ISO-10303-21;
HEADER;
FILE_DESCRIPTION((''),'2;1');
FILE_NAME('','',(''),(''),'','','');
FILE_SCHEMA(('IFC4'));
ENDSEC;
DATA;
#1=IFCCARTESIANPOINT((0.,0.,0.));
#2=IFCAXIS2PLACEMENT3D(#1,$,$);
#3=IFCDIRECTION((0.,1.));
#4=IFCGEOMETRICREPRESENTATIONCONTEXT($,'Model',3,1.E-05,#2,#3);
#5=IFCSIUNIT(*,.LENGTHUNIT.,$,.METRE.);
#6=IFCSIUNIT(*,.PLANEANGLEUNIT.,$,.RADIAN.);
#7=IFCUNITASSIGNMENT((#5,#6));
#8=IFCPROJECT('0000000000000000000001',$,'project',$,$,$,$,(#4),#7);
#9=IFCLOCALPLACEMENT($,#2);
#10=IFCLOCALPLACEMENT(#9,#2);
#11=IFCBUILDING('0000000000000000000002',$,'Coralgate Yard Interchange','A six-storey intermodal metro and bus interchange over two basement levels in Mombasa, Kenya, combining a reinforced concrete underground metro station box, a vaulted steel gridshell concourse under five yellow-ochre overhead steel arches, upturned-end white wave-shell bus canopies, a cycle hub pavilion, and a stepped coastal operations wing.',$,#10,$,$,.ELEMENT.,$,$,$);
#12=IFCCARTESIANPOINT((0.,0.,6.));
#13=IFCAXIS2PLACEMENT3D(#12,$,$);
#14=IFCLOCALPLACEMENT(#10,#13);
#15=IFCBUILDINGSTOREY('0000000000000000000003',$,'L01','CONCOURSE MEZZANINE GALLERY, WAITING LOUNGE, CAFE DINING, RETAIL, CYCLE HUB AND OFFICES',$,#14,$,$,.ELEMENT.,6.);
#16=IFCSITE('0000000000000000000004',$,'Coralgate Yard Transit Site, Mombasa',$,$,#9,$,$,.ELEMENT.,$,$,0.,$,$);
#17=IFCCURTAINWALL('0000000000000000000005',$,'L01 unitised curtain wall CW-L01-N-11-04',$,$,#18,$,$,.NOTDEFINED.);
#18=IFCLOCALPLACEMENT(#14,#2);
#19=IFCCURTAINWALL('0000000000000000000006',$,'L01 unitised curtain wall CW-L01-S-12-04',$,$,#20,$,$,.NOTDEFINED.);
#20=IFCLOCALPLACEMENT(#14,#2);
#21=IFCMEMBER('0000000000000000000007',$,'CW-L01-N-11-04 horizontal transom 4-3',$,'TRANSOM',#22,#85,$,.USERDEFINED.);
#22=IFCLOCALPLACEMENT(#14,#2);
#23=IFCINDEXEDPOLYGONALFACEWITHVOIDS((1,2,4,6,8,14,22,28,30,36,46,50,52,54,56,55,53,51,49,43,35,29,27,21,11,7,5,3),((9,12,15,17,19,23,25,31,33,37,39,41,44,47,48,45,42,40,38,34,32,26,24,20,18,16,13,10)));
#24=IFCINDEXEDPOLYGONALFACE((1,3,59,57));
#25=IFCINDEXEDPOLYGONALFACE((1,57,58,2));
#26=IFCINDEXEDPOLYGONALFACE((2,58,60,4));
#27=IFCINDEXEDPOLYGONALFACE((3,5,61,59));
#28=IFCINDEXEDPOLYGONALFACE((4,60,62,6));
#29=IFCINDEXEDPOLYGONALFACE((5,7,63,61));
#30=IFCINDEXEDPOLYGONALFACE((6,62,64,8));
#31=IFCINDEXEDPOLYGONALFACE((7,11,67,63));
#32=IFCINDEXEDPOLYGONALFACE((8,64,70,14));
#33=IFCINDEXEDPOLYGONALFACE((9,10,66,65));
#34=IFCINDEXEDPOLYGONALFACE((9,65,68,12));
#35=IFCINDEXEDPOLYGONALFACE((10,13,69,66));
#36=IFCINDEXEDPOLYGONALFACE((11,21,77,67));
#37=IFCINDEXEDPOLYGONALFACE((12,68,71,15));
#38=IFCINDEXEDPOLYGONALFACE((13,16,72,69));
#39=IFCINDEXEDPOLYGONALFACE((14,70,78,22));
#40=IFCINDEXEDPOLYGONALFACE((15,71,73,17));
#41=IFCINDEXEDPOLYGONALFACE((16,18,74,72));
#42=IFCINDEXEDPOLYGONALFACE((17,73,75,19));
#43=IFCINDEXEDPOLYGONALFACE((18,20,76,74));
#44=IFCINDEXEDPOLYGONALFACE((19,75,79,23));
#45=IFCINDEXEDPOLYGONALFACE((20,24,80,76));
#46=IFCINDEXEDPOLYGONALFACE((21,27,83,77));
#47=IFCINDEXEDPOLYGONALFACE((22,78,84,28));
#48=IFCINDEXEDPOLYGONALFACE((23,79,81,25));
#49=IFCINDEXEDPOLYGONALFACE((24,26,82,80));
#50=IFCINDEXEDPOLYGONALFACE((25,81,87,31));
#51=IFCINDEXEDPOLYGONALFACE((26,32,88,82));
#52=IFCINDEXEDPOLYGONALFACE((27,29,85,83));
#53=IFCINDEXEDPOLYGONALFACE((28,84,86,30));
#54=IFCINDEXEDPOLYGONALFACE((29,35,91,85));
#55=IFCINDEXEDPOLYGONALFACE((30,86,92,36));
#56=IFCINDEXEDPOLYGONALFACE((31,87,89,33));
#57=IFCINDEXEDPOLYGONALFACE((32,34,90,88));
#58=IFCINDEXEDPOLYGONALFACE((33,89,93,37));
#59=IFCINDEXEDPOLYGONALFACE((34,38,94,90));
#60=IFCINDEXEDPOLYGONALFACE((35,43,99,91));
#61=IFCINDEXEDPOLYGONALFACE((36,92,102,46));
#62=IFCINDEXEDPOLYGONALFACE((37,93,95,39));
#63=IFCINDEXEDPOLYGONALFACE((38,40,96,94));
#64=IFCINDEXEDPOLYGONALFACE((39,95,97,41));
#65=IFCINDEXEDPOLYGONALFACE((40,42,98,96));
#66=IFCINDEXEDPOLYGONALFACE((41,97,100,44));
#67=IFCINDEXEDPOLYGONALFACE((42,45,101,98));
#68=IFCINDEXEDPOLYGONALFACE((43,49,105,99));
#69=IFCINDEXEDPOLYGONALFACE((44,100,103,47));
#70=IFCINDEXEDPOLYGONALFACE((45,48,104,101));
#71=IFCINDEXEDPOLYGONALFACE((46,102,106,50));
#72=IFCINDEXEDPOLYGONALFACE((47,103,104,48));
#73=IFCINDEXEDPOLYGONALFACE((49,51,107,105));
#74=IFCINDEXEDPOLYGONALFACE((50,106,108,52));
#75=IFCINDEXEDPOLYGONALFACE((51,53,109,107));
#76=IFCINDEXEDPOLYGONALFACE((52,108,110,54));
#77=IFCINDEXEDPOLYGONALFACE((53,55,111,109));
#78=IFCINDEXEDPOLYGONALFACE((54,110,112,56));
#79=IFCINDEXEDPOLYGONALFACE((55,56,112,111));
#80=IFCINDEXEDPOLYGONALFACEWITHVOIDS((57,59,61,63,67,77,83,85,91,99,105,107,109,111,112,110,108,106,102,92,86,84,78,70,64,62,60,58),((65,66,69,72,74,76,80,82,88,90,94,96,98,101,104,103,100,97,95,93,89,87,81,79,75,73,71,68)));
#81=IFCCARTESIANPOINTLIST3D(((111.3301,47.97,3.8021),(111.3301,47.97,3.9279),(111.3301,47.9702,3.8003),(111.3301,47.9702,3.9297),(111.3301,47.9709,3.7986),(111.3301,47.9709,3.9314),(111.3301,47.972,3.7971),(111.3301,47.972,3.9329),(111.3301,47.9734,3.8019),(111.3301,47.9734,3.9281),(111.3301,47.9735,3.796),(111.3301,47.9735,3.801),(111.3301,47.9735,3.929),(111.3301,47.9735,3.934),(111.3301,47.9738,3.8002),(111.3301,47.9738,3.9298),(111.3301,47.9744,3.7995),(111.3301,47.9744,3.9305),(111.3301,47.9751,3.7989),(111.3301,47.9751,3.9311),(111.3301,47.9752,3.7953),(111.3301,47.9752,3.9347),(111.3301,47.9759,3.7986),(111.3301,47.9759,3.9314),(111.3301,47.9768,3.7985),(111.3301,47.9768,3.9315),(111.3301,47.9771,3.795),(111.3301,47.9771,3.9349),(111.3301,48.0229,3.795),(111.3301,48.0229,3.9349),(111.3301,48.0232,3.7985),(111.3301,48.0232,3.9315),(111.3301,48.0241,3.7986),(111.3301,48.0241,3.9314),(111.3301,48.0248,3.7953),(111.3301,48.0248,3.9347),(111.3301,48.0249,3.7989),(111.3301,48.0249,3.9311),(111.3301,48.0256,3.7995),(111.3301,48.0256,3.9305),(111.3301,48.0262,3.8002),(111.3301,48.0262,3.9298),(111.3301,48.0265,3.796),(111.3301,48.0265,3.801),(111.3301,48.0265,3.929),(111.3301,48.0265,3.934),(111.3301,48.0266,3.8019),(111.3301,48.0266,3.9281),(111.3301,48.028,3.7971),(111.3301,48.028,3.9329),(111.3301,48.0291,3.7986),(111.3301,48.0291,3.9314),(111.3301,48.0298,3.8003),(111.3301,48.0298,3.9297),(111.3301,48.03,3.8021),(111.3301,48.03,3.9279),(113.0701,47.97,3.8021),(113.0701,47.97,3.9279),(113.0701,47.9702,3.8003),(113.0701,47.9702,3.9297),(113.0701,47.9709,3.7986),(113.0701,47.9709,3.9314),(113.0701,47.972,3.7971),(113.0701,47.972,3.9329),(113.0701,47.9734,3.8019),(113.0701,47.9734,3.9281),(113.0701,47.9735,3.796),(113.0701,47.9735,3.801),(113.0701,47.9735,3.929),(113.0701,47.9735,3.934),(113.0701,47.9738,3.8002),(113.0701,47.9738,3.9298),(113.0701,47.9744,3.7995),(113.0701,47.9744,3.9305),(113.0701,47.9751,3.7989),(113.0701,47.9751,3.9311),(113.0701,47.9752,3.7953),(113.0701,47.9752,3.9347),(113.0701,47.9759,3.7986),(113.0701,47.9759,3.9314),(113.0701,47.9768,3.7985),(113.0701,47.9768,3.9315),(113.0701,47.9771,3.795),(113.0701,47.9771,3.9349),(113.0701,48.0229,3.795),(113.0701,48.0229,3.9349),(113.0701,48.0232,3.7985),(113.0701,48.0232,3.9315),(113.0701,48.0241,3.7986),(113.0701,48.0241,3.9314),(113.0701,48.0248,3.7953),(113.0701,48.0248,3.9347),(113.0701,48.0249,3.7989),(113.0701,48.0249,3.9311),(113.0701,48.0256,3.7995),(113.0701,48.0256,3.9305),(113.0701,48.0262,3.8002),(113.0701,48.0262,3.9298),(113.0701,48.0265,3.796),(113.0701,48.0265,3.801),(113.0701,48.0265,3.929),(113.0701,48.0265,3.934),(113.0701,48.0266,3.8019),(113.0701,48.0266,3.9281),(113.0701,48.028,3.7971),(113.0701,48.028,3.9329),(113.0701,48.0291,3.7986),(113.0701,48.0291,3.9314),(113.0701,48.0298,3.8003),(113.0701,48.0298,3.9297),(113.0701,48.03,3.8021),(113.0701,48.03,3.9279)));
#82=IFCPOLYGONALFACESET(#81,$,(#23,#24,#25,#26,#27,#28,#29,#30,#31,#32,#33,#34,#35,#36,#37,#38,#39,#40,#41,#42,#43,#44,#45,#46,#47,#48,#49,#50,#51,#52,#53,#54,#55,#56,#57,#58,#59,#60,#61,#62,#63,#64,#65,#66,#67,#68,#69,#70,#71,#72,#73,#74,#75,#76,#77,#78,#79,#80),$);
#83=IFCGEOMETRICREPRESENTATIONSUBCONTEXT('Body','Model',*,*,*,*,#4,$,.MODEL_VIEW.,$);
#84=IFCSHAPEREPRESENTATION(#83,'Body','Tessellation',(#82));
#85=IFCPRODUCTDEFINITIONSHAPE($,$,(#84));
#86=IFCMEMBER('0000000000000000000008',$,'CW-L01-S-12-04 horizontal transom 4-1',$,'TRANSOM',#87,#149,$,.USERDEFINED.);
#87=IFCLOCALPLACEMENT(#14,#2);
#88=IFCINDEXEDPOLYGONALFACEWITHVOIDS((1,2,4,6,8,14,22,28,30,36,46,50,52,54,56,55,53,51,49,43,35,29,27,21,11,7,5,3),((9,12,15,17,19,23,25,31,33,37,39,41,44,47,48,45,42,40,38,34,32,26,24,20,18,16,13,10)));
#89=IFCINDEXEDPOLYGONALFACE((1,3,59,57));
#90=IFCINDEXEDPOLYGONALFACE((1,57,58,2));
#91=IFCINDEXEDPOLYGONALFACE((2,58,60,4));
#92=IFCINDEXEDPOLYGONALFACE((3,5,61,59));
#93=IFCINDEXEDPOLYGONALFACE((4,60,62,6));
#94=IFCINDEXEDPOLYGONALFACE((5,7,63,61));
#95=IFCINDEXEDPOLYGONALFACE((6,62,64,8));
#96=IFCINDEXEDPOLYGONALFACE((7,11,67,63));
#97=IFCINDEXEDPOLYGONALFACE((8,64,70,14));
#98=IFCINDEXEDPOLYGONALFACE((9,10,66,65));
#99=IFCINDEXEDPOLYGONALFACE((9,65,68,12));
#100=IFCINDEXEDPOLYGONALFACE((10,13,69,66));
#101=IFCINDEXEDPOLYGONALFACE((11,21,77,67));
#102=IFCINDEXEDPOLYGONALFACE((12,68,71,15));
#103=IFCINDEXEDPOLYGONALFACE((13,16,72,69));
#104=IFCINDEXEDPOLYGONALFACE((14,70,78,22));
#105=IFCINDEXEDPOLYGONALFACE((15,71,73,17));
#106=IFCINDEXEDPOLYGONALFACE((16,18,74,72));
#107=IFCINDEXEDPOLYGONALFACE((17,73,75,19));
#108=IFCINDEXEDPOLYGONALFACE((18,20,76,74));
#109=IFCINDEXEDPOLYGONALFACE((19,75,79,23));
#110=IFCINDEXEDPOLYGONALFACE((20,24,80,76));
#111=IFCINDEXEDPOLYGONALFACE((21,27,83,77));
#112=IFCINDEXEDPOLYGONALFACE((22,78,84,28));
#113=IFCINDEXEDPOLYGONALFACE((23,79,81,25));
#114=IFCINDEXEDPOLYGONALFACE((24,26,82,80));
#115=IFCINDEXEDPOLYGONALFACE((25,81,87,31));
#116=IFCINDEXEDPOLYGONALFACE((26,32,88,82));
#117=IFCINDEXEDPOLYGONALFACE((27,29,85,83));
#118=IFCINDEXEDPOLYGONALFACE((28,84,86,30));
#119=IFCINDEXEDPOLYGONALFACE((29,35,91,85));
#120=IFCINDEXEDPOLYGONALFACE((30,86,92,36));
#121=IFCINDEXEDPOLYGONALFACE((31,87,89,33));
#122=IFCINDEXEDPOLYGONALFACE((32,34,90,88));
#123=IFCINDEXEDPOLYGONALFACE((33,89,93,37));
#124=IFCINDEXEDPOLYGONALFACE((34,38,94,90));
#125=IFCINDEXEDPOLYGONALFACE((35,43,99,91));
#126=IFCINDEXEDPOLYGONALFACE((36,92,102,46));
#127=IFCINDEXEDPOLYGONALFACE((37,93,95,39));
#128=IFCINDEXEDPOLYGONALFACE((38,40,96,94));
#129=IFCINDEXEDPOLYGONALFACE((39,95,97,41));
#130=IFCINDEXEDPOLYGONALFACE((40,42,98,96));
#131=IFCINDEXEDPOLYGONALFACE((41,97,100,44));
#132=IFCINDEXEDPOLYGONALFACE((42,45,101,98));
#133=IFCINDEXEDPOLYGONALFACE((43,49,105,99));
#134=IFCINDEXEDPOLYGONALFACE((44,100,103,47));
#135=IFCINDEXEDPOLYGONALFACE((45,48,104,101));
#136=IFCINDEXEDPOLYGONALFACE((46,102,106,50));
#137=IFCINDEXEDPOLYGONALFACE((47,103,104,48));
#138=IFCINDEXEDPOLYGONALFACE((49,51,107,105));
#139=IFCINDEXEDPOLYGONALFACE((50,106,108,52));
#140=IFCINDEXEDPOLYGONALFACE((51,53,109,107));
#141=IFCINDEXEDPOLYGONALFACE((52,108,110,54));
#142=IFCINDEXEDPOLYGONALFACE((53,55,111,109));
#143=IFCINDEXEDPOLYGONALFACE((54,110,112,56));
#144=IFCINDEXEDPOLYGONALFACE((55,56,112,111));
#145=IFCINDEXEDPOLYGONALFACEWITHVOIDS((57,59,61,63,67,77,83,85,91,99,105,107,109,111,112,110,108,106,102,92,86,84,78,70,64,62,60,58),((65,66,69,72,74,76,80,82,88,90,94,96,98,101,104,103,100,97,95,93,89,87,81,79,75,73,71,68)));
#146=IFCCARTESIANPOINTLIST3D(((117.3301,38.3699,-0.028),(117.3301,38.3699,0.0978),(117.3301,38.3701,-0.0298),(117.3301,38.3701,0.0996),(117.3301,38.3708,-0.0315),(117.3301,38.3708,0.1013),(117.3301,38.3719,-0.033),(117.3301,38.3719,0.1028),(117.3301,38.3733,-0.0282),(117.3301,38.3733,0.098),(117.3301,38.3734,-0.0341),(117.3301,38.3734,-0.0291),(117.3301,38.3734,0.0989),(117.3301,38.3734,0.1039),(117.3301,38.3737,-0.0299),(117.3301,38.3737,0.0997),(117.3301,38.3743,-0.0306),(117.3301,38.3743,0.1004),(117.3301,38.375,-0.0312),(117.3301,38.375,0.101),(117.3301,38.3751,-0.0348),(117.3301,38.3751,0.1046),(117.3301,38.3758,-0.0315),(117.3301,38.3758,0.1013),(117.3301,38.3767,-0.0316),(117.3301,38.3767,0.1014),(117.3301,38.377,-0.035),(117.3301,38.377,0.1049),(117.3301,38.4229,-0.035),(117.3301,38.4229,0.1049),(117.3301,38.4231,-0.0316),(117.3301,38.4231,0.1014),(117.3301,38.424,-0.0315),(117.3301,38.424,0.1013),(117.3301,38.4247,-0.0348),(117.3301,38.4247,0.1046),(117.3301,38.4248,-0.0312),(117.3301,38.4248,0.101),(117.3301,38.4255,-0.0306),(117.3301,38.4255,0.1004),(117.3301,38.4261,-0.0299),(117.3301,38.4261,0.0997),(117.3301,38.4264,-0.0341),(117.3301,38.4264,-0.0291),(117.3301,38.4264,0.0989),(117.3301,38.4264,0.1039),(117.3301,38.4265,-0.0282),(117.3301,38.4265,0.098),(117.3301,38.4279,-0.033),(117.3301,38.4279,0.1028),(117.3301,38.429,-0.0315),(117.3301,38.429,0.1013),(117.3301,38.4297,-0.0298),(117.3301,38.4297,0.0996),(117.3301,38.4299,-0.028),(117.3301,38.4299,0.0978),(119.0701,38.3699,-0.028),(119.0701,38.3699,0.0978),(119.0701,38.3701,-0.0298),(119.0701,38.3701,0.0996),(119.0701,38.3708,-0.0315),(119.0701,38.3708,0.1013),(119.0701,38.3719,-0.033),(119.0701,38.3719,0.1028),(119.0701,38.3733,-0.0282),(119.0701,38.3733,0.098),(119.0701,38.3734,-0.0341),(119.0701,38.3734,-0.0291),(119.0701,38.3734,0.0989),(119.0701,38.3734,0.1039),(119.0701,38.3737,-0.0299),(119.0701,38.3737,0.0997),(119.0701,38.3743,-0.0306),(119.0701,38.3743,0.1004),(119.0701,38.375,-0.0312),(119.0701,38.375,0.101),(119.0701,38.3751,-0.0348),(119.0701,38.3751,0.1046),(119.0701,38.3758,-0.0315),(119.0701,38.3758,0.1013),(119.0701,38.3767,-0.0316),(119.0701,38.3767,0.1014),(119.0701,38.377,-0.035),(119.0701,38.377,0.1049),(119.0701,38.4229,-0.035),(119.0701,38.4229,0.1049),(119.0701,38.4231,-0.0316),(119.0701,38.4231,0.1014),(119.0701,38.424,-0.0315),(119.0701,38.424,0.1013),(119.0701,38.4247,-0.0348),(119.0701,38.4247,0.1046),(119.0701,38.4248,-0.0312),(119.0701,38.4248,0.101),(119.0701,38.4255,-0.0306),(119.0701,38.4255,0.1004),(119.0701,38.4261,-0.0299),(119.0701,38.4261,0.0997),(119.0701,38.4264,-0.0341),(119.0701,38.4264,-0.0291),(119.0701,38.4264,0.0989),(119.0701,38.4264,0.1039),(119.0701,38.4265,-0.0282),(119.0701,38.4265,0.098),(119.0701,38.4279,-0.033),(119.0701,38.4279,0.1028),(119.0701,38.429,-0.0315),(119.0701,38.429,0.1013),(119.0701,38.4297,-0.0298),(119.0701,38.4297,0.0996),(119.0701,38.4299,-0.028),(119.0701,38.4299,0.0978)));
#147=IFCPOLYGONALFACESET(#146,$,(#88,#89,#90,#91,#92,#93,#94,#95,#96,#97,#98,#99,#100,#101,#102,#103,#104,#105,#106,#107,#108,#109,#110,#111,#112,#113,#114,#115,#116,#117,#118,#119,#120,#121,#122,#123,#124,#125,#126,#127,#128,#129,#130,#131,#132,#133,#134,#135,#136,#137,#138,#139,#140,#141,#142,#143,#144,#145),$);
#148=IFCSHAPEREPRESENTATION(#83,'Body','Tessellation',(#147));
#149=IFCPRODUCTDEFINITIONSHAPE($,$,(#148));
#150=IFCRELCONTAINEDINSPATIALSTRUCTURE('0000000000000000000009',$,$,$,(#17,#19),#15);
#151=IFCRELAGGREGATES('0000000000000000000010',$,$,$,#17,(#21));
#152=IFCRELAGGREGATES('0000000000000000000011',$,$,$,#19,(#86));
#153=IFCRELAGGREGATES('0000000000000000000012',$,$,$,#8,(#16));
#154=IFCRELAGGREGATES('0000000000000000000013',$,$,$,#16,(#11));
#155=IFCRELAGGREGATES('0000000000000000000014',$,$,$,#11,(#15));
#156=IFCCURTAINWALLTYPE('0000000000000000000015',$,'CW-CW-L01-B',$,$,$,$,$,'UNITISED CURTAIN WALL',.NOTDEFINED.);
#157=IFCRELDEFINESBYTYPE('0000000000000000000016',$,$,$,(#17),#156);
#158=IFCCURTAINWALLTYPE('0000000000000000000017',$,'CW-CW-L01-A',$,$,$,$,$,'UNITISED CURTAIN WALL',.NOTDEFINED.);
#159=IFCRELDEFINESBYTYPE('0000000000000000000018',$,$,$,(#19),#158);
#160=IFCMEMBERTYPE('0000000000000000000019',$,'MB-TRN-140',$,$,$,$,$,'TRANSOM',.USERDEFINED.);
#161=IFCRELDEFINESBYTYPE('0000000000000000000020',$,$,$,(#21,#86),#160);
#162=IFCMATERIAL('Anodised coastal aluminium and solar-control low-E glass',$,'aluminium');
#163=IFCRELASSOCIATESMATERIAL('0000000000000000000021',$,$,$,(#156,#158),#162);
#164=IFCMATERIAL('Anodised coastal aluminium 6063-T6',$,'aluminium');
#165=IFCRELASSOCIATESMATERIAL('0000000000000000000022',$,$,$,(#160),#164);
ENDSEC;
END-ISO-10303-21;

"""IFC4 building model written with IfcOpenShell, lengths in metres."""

from ifc_helpers import new_model, si_unit, direction, frame, origin, origin_2d, place, context, subcontext, project, spatial, hollow_rectangle, extrude, material, material_profile, profile_set, type_object, element, aggregate, save


model = new_model("IFC4")

# Units and contexts
model_context = context("Model", 3, precision=1e-05, world=origin(), true_north=direction((0.0, 1.0)))
body_context = subcontext(model_context, "Body", "Model", "MODEL_VIEW")
ifc_project = project(units=[si_unit("LENGTHUNIT", "METRE"), si_unit("PLANEANGLEUNIT", "RADIAN")], contexts=[model_context])

# Site, building, storey
site_placement = place(None, origin())
site = spatial("IfcSite", under=ifc_project, at=site_placement, Name="Coralgate Yard Transit Site, Mombasa", CompositionType="ELEMENT", RefElevation=0.0)
building_placement = place(site_placement, origin())
building = spatial("IfcBuilding", under=site, at=building_placement, Name="Coralgate Yard Interchange", Description="A six-storey intermodal metro and bus interchange over two basement levels in Mombasa, Kenya, combining a reinforced concrete underground metro station box, a vaulted steel gridshell concourse under five yellow-ochre overhead steel arches, upturned-end white wave-shell bus canopies, a cycle hub pavilion, and a stepped coastal operations wing.", CompositionType="ELEMENT")
storey_placement = place(building_placement, frame((0.0, 0.0, 6.0)))
storey = spatial("IfcBuildingStorey", under=building, at=storey_placement, Name="L01", Description="CONCOURSE MEZZANINE GALLERY, WAITING LOUNGE, CAFE DINING, RETAIL, CYCLE HUB AND OFFICES", CompositionType="ELEMENT", Elevation=6.0)

# Curtain wall
ifc_material_1 = material(Name="Anodised coastal aluminium and solar-control low-E glass", Category="aluminium")
curtain_wall_type_1 = type_object("IfcCurtainWallType", Name="CW-CW-L01-B", ElementType="UNITISED CURTAIN WALL", PredefinedType="NOTDEFINED", material=ifc_material_1)
curtain_wall_1_placement = place(storey_placement, origin())
curtain_wall_1 = element("IfcCurtainWall", 1, at=curtain_wall_1_placement, inside=storey, type_object=curtain_wall_type_1, Name="L01 unitised curtain wall CW-L01-N-11-04", PredefinedType="NOTDEFINED")
ifc_material_2 = material(Name="Anodised coastal aluminium 6063-T6", Category="aluminium")

# Curtain wall
curtain_wall_type_2 = type_object("IfcCurtainWallType", Name="CW-CW-L01-A", ElementType="UNITISED CURTAIN WALL", PredefinedType="NOTDEFINED", material=ifc_material_1)
curtain_wall_2_placement = place(storey_placement, origin())
curtain_wall_2 = element("IfcCurtainWall", 2, at=curtain_wall_2_placement, inside=storey, type_object=curtain_wall_type_2, Name="L01 unitised curtain wall CW-L01-S-12-04", PredefinedType="NOTDEFINED")

# Members
ifc_material_profile_1 = material_profile(ifc_material_2, hollow_rectangle(XDim=0.0601, YDim=0.1399, WallThickness=0.0034, InnerFilletRadius=0.0034, OuterFilletRadius=0.0071, at=origin_2d()), Name="ALU 60x140x3.5")
ifc_profile_set_1 = profile_set([ifc_material_profile_1], Name="Anodised coastal aluminium 6063-T6")
member_type_1 = type_object("IfcMemberType", Name="MB-TRN-140", ElementType="TRANSOM", PredefinedType="USERDEFINED", material=ifc_profile_set_1)
member_1_placement = place(storey_placement, frame((111.3301, 48.0, 3.865), z_axis=(1.0, 0.0, 0.0), x_axis=(0.0, 1.0, 0.0)))
member_1 = element("IfcMember", 3, at=member_1_placement, type_object=member_type_1, Name="CW-L01-N-11-04 horizontal transom 4-3", ObjectType="TRANSOM", PredefinedType="USERDEFINED", context=body_context, shape_type="SweptSolid", body=[
    extrude(hollow_rectangle(XDim=0.0601, YDim=0.1399, WallThickness=0.0034, InnerFilletRadius=0.0034, OuterFilletRadius=0.0071, at=origin_2d()), origin(), (0.0, 0.0, 1.0), 1.74),
])
member_2_placement = place(storey_placement, frame((119.0701, 38.3999, 0.0349), z_axis=(-1.0, 0.0, 0.0), x_axis=(0.0, -1.0, 0.0)))
member_2 = element("IfcMember", 4, at=member_2_placement, type_object=member_type_1, Name="CW-L01-S-12-04 horizontal transom 4-1", ObjectType="TRANSOM", PredefinedType="USERDEFINED", context=body_context, shape_type="SweptSolid", body=[
    extrude(hollow_rectangle(XDim=0.0601, YDim=0.1399, WallThickness=0.0034, InnerFilletRadius=0.0034, OuterFilletRadius=0.0071, at=origin_2d()), origin(), (0.0, 0.0, 1.0), 1.74),
])

aggregate(curtain_wall_1, [member_1])
aggregate(curtain_wall_2, [member_2])

save(model, "model.ifc")
